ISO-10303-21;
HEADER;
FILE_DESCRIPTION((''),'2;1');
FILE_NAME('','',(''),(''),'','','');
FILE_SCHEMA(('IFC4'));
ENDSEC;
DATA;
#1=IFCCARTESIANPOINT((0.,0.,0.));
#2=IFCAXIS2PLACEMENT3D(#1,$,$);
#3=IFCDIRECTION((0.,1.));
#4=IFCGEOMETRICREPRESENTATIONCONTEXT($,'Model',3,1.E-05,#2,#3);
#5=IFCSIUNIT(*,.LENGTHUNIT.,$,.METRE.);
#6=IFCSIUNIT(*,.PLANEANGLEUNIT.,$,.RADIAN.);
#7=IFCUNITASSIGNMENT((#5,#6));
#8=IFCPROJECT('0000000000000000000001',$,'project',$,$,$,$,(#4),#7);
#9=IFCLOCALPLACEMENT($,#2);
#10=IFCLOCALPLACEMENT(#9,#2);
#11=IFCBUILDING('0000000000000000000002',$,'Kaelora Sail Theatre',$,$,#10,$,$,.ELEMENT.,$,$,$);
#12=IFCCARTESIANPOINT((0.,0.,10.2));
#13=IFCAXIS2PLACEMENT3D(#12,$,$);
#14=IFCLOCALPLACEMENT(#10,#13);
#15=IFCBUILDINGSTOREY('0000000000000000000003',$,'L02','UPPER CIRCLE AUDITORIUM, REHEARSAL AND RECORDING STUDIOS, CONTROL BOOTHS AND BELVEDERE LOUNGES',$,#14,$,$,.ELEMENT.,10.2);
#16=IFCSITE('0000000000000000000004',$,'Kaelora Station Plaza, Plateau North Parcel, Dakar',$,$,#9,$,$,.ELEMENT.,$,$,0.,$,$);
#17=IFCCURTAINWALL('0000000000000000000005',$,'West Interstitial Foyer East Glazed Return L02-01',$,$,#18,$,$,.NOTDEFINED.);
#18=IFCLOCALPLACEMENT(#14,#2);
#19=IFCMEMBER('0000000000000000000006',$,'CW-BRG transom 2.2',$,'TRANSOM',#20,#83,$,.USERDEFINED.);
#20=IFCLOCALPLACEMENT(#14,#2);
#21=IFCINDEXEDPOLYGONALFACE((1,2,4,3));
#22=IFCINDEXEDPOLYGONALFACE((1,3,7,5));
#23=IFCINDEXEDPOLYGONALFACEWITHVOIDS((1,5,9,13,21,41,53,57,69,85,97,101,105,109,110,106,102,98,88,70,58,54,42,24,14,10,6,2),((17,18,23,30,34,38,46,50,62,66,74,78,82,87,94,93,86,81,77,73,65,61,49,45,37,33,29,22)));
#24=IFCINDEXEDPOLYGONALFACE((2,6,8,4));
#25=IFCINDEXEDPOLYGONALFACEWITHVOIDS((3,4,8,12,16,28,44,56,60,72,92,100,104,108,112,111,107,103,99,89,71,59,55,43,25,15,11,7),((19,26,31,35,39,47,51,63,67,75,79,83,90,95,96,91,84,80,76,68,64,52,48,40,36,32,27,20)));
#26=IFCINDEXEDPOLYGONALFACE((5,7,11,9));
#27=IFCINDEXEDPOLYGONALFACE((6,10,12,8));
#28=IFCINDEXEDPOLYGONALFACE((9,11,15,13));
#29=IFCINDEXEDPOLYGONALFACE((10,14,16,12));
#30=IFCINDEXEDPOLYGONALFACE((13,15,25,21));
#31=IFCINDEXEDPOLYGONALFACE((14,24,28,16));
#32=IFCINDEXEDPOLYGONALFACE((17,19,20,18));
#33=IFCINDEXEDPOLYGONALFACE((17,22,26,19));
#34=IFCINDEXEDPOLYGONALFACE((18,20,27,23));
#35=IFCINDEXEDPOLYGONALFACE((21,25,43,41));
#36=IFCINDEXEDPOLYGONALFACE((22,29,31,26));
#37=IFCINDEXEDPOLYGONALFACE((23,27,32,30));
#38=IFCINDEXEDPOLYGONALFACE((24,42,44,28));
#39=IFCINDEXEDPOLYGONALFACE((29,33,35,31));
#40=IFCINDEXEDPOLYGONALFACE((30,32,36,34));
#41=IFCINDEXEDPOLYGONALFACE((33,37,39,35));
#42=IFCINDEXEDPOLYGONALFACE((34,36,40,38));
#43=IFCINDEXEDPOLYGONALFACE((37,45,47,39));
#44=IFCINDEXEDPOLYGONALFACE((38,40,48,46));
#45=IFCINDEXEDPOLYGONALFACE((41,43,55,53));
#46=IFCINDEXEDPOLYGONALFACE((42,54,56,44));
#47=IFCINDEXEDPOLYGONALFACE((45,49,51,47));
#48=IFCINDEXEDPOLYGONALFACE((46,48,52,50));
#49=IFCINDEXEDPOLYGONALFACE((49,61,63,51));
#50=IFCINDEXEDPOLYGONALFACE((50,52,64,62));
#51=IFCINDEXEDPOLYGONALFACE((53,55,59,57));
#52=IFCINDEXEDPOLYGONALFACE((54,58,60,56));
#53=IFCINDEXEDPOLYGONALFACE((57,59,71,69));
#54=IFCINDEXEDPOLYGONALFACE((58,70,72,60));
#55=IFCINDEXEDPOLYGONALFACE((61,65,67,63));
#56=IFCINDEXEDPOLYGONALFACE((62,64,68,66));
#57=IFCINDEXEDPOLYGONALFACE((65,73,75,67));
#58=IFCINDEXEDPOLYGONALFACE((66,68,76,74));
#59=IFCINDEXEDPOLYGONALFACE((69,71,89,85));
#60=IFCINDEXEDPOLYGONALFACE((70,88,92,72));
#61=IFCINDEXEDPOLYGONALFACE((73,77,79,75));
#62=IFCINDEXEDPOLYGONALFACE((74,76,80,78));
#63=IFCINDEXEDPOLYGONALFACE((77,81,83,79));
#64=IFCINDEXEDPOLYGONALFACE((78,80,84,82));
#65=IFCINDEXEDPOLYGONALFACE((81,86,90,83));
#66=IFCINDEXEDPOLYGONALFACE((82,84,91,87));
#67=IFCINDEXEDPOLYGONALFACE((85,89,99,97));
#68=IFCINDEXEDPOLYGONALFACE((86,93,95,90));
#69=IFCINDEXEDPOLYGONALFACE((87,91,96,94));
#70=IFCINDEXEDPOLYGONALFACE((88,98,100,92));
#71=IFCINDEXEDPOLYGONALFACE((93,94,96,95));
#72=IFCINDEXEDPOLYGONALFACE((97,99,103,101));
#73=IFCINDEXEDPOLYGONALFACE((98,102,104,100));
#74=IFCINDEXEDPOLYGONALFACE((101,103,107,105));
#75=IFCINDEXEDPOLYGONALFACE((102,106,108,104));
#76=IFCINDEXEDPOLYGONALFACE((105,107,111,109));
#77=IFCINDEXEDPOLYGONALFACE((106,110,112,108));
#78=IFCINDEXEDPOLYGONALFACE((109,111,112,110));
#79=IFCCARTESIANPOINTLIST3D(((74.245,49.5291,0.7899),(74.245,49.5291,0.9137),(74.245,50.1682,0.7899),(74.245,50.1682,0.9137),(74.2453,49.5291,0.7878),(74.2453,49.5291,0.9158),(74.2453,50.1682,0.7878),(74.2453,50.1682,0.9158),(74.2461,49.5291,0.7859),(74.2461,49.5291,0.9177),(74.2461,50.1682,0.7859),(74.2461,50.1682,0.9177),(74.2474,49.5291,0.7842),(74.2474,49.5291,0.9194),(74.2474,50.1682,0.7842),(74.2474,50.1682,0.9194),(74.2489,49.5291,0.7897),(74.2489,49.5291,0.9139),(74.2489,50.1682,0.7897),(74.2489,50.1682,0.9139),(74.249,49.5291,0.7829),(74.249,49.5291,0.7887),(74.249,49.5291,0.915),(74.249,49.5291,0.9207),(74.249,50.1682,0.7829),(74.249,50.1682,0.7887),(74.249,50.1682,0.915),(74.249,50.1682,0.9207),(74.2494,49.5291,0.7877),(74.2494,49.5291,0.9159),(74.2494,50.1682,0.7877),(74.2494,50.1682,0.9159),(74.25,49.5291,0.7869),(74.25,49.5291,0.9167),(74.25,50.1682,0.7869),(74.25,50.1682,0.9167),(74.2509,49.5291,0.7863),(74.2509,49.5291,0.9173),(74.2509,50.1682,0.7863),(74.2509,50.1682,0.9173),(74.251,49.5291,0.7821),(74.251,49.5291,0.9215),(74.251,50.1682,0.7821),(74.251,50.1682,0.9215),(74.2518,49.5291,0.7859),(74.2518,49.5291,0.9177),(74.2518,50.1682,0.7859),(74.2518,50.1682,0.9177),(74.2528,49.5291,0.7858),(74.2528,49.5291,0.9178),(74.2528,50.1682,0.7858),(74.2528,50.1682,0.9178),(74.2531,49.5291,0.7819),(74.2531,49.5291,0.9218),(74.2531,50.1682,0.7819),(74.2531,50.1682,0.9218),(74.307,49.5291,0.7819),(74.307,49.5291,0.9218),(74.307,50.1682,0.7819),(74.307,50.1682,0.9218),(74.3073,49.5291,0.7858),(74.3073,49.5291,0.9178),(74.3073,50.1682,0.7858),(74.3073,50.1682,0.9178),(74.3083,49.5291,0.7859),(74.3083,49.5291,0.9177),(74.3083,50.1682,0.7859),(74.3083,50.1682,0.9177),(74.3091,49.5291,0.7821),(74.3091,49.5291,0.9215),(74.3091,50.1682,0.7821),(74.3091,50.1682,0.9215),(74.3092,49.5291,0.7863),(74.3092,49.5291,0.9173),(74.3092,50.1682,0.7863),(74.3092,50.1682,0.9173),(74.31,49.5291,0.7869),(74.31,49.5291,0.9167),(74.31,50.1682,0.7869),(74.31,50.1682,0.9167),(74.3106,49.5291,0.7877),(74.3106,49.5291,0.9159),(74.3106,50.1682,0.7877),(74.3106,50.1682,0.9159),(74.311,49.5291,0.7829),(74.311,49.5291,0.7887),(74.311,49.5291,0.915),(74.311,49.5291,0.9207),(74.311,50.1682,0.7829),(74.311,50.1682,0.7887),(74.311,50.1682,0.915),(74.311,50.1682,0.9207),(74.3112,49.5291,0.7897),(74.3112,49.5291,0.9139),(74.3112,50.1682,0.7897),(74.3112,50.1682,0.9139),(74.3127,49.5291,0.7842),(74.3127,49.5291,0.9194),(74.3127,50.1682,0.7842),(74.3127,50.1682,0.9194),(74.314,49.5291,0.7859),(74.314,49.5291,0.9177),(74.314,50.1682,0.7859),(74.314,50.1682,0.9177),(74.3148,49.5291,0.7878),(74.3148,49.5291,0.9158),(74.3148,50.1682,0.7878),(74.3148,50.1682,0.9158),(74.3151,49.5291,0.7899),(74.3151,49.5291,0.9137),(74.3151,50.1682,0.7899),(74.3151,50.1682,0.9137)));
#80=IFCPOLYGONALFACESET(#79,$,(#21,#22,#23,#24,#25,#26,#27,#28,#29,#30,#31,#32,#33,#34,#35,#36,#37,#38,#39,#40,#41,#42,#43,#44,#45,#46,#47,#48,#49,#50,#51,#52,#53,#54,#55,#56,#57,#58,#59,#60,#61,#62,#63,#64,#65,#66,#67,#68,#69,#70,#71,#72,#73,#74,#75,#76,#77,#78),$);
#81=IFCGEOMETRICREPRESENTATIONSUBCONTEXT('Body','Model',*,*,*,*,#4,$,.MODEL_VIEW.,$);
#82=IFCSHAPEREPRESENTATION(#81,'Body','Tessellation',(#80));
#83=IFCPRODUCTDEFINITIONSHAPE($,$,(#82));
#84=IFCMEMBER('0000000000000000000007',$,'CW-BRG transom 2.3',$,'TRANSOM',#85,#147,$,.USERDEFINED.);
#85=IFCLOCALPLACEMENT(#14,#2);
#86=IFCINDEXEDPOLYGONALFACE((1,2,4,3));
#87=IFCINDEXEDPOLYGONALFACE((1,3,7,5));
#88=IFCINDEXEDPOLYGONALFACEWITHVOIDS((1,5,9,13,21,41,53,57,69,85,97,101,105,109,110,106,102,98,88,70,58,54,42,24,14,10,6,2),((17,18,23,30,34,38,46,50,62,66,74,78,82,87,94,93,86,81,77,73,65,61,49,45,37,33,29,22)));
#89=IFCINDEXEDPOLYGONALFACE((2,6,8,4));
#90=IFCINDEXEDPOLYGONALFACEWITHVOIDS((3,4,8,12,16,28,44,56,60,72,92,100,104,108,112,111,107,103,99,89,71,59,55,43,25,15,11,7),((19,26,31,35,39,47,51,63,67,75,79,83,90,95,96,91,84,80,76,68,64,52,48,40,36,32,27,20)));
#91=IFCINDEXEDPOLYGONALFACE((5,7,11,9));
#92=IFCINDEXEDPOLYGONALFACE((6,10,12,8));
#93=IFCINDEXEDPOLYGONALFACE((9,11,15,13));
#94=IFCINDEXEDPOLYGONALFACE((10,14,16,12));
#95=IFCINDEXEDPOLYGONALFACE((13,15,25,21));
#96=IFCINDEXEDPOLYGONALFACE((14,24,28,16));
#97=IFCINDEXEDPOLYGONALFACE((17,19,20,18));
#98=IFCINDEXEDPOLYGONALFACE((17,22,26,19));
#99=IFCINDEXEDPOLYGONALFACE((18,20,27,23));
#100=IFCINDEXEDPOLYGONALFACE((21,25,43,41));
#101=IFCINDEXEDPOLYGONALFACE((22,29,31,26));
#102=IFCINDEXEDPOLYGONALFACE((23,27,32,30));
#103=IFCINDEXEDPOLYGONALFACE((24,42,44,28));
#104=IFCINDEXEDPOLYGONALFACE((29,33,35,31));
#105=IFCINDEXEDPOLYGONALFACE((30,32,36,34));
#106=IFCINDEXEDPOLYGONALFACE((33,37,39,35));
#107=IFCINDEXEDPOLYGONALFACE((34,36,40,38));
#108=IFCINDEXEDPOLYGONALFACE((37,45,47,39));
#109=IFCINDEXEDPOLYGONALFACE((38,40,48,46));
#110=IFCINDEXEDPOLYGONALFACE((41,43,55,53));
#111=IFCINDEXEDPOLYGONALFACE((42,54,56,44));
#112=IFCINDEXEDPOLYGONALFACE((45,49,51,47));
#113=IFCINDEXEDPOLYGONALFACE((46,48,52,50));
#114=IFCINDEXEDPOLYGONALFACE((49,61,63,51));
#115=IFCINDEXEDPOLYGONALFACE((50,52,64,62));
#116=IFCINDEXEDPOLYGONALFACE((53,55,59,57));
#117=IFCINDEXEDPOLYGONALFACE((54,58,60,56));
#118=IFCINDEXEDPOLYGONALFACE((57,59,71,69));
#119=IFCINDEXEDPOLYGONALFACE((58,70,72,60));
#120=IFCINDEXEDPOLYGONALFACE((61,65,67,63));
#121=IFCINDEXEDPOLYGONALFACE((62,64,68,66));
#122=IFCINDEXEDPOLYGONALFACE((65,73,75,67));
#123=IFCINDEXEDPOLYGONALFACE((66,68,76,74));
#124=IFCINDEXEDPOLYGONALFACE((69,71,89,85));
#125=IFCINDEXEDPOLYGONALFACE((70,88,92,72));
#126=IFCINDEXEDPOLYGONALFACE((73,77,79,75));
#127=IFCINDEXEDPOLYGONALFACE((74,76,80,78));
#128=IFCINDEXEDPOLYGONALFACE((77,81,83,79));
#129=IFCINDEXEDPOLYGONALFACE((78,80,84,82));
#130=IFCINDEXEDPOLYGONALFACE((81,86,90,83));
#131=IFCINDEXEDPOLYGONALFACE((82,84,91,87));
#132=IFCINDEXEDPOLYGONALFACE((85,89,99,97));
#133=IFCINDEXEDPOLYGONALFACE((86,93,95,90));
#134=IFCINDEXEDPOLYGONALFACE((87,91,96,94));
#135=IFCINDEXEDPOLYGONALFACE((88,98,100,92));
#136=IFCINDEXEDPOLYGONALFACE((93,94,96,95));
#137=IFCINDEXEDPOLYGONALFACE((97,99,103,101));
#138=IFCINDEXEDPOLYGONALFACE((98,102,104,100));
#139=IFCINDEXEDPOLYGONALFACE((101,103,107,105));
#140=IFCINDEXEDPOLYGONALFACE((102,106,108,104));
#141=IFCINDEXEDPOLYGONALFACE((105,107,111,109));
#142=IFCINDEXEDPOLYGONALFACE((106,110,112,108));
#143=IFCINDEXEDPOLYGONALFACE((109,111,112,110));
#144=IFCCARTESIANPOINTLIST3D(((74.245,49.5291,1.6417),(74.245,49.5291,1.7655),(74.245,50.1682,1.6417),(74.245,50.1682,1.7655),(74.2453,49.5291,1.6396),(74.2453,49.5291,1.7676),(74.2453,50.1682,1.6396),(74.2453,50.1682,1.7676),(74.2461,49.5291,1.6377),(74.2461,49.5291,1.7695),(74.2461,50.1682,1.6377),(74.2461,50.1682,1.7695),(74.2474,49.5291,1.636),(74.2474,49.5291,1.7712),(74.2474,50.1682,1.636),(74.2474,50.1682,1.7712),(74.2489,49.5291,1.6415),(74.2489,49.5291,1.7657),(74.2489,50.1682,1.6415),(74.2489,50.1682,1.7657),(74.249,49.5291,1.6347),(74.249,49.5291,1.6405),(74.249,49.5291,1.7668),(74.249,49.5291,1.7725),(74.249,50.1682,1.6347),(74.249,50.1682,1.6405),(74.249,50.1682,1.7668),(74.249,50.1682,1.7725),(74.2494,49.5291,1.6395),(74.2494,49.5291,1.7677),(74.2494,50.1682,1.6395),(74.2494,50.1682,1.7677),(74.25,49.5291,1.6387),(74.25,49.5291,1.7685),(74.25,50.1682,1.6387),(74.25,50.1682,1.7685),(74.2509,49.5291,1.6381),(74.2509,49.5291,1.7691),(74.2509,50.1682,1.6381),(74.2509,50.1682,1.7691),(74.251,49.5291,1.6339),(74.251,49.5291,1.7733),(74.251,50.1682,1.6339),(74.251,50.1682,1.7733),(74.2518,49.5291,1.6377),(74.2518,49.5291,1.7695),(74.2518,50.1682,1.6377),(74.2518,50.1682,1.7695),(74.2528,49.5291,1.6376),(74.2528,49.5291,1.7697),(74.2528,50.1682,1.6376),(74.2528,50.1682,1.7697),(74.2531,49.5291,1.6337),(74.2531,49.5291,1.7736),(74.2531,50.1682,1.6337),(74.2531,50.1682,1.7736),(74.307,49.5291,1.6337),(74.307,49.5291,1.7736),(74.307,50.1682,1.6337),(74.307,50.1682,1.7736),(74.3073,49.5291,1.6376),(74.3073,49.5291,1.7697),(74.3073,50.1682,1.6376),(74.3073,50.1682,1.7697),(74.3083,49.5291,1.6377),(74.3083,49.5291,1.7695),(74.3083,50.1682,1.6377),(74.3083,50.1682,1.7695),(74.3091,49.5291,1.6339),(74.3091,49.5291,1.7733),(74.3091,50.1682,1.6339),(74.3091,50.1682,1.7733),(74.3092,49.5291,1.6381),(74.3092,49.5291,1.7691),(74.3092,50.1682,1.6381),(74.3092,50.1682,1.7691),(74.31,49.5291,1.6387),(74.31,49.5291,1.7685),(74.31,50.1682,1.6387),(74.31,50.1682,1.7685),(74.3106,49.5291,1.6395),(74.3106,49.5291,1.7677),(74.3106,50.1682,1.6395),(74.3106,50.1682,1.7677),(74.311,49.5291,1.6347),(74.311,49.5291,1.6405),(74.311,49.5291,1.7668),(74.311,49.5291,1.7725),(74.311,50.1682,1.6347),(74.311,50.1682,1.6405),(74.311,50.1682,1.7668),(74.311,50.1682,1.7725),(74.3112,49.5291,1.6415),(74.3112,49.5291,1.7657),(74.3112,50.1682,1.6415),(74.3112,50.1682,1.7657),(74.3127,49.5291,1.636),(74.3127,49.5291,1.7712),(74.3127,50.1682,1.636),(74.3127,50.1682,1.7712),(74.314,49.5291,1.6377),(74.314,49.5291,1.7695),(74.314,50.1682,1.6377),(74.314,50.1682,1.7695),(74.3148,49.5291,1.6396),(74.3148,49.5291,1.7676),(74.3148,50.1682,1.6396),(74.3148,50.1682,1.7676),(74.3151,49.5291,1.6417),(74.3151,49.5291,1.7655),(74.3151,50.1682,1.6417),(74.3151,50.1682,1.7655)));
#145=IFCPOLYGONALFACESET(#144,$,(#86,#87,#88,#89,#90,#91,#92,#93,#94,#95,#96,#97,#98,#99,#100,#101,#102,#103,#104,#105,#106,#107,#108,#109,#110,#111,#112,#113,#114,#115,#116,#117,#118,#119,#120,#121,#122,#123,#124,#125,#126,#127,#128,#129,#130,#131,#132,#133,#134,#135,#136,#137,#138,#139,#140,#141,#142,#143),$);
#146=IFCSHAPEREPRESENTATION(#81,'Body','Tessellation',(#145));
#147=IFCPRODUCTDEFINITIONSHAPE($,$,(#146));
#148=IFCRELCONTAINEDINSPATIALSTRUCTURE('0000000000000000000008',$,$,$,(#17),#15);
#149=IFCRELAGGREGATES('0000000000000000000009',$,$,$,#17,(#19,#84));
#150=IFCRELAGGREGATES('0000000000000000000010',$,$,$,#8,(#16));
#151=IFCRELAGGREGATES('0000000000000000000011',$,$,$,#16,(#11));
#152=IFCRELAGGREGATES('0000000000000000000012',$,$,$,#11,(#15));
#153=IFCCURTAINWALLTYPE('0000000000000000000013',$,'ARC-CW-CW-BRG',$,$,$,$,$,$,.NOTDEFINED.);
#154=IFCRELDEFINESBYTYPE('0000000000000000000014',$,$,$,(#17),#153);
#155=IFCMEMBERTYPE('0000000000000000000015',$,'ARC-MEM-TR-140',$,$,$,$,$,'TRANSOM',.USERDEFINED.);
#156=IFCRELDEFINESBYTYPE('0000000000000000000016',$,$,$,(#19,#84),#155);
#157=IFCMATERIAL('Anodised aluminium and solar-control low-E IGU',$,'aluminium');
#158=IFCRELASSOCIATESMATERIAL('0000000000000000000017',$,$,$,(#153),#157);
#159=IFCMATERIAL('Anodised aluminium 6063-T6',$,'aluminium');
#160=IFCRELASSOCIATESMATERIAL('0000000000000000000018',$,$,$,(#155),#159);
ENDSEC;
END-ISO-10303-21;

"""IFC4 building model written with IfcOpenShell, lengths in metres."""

from ifc_helpers import new_model, si_unit, direction, frame, origin, origin_2d, place, context, subcontext, project, spatial, hollow_rectangle, extrude, material, material_profile, profile_set, type_object, element, aggregate, save


model = new_model("IFC4")

# Units and contexts
model_context = context("Model", 3, precision=1e-05, world=origin(), true_north=direction((0.0, 1.0)))
body_context = subcontext(model_context, "Body", "Model", "MODEL_VIEW")
ifc_project = project(units=[si_unit("LENGTHUNIT", "METRE"), si_unit("PLANEANGLEUNIT", "RADIAN")], contexts=[model_context])

# Site, building, storey
site_placement = place(None, origin())
site = spatial("IfcSite", under=ifc_project, at=site_placement, Name="Kaelora Station Plaza, Plateau North Parcel, Dakar", CompositionType="ELEMENT", RefElevation=0.0)
building_placement = place(site_placement, origin())
building = spatial("IfcBuilding", under=site, at=building_placement, Name="Kaelora Sail Theatre", CompositionType="ELEMENT")
storey_placement = place(building_placement, frame((0.0, 0.0, 10.2)))
storey = spatial("IfcBuildingStorey", under=building, at=storey_placement, Name="L02", Description="UPPER CIRCLE AUDITORIUM, REHEARSAL AND RECORDING STUDIOS, CONTROL BOOTHS AND BELVEDERE LOUNGES", CompositionType="ELEMENT", Elevation=10.2)

# Shared definitions
ifc_material_1 = material(Name="Anodised aluminium and solar-control low-E IGU", Category="aluminium")
curtain_wall_type = type_object("IfcCurtainWallType", Name="ARC-CW-CW-BRG", PredefinedType="NOTDEFINED", material=ifc_material_1)

# Curtain wall
curtain_wall_1_placement = place(storey_placement, origin())
curtain_wall_1 = element("IfcCurtainWall", 1, at=curtain_wall_1_placement, inside=storey, type_object=curtain_wall_type, Name="West Interstitial Foyer East Glazed Return L02-01", PredefinedType="NOTDEFINED")

# Members
ifc_material_2 = material(Name="Anodised aluminium 6063-T6", Category="aluminium")
ifc_material_profile_1 = material_profile(ifc_material_2, hollow_rectangle(XDim=0.0701, YDim=0.1399, WallThickness=0.0039, InnerFilletRadius=0.0039, OuterFilletRadius=0.0081, at=origin_2d()), Name="ALU-TRAN 70x140x4")
ifc_profile_set_1 = profile_set([ifc_material_profile_1], Name="Anodised aluminium 6063-T6")
member_type_1 = type_object("IfcMemberType", Name="ARC-MEM-TR-140", ElementType="TRANSOM", PredefinedType="USERDEFINED", material=ifc_profile_set_1)
member_1_placement = place(storey_placement, frame((74.28, 49.5291, 0.8518), z_axis=(0.0, 1.0, 0.0), x_axis=(-1.0, 0.0, 0.0)))
member_1 = element("IfcMember", 2, at=member_1_placement, type_object=member_type_1, Name="CW-BRG transom 2.2", ObjectType="TRANSOM", PredefinedType="USERDEFINED", context=body_context, shape_type="SweptSolid", body=[
    extrude(hollow_rectangle(XDim=0.0701, YDim=0.1399, WallThickness=0.0039, InnerFilletRadius=0.0039, OuterFilletRadius=0.0081, at=origin_2d()), origin(), (0.0, 0.0, 1.0), 0.6392),
])
member_2_placement = place(storey_placement, frame((74.28, 49.5291, 1.7036), z_axis=(0.0, 1.0, 0.0), x_axis=(-1.0, 0.0, 0.0)))
member_2 = element("IfcMember", 3, at=member_2_placement, type_object=member_type_1, Name="CW-BRG transom 2.3", ObjectType="TRANSOM", PredefinedType="USERDEFINED", context=body_context, shape_type="SweptSolid", body=[
    extrude(hollow_rectangle(XDim=0.0701, YDim=0.1399, WallThickness=0.0039, InnerFilletRadius=0.0039, OuterFilletRadius=0.0081, at=origin_2d()), origin(), (0.0, 0.0, 1.0), 0.6392),
])

aggregate(curtain_wall_1, [member_1, member_2])

save(model, "model.ifc")
